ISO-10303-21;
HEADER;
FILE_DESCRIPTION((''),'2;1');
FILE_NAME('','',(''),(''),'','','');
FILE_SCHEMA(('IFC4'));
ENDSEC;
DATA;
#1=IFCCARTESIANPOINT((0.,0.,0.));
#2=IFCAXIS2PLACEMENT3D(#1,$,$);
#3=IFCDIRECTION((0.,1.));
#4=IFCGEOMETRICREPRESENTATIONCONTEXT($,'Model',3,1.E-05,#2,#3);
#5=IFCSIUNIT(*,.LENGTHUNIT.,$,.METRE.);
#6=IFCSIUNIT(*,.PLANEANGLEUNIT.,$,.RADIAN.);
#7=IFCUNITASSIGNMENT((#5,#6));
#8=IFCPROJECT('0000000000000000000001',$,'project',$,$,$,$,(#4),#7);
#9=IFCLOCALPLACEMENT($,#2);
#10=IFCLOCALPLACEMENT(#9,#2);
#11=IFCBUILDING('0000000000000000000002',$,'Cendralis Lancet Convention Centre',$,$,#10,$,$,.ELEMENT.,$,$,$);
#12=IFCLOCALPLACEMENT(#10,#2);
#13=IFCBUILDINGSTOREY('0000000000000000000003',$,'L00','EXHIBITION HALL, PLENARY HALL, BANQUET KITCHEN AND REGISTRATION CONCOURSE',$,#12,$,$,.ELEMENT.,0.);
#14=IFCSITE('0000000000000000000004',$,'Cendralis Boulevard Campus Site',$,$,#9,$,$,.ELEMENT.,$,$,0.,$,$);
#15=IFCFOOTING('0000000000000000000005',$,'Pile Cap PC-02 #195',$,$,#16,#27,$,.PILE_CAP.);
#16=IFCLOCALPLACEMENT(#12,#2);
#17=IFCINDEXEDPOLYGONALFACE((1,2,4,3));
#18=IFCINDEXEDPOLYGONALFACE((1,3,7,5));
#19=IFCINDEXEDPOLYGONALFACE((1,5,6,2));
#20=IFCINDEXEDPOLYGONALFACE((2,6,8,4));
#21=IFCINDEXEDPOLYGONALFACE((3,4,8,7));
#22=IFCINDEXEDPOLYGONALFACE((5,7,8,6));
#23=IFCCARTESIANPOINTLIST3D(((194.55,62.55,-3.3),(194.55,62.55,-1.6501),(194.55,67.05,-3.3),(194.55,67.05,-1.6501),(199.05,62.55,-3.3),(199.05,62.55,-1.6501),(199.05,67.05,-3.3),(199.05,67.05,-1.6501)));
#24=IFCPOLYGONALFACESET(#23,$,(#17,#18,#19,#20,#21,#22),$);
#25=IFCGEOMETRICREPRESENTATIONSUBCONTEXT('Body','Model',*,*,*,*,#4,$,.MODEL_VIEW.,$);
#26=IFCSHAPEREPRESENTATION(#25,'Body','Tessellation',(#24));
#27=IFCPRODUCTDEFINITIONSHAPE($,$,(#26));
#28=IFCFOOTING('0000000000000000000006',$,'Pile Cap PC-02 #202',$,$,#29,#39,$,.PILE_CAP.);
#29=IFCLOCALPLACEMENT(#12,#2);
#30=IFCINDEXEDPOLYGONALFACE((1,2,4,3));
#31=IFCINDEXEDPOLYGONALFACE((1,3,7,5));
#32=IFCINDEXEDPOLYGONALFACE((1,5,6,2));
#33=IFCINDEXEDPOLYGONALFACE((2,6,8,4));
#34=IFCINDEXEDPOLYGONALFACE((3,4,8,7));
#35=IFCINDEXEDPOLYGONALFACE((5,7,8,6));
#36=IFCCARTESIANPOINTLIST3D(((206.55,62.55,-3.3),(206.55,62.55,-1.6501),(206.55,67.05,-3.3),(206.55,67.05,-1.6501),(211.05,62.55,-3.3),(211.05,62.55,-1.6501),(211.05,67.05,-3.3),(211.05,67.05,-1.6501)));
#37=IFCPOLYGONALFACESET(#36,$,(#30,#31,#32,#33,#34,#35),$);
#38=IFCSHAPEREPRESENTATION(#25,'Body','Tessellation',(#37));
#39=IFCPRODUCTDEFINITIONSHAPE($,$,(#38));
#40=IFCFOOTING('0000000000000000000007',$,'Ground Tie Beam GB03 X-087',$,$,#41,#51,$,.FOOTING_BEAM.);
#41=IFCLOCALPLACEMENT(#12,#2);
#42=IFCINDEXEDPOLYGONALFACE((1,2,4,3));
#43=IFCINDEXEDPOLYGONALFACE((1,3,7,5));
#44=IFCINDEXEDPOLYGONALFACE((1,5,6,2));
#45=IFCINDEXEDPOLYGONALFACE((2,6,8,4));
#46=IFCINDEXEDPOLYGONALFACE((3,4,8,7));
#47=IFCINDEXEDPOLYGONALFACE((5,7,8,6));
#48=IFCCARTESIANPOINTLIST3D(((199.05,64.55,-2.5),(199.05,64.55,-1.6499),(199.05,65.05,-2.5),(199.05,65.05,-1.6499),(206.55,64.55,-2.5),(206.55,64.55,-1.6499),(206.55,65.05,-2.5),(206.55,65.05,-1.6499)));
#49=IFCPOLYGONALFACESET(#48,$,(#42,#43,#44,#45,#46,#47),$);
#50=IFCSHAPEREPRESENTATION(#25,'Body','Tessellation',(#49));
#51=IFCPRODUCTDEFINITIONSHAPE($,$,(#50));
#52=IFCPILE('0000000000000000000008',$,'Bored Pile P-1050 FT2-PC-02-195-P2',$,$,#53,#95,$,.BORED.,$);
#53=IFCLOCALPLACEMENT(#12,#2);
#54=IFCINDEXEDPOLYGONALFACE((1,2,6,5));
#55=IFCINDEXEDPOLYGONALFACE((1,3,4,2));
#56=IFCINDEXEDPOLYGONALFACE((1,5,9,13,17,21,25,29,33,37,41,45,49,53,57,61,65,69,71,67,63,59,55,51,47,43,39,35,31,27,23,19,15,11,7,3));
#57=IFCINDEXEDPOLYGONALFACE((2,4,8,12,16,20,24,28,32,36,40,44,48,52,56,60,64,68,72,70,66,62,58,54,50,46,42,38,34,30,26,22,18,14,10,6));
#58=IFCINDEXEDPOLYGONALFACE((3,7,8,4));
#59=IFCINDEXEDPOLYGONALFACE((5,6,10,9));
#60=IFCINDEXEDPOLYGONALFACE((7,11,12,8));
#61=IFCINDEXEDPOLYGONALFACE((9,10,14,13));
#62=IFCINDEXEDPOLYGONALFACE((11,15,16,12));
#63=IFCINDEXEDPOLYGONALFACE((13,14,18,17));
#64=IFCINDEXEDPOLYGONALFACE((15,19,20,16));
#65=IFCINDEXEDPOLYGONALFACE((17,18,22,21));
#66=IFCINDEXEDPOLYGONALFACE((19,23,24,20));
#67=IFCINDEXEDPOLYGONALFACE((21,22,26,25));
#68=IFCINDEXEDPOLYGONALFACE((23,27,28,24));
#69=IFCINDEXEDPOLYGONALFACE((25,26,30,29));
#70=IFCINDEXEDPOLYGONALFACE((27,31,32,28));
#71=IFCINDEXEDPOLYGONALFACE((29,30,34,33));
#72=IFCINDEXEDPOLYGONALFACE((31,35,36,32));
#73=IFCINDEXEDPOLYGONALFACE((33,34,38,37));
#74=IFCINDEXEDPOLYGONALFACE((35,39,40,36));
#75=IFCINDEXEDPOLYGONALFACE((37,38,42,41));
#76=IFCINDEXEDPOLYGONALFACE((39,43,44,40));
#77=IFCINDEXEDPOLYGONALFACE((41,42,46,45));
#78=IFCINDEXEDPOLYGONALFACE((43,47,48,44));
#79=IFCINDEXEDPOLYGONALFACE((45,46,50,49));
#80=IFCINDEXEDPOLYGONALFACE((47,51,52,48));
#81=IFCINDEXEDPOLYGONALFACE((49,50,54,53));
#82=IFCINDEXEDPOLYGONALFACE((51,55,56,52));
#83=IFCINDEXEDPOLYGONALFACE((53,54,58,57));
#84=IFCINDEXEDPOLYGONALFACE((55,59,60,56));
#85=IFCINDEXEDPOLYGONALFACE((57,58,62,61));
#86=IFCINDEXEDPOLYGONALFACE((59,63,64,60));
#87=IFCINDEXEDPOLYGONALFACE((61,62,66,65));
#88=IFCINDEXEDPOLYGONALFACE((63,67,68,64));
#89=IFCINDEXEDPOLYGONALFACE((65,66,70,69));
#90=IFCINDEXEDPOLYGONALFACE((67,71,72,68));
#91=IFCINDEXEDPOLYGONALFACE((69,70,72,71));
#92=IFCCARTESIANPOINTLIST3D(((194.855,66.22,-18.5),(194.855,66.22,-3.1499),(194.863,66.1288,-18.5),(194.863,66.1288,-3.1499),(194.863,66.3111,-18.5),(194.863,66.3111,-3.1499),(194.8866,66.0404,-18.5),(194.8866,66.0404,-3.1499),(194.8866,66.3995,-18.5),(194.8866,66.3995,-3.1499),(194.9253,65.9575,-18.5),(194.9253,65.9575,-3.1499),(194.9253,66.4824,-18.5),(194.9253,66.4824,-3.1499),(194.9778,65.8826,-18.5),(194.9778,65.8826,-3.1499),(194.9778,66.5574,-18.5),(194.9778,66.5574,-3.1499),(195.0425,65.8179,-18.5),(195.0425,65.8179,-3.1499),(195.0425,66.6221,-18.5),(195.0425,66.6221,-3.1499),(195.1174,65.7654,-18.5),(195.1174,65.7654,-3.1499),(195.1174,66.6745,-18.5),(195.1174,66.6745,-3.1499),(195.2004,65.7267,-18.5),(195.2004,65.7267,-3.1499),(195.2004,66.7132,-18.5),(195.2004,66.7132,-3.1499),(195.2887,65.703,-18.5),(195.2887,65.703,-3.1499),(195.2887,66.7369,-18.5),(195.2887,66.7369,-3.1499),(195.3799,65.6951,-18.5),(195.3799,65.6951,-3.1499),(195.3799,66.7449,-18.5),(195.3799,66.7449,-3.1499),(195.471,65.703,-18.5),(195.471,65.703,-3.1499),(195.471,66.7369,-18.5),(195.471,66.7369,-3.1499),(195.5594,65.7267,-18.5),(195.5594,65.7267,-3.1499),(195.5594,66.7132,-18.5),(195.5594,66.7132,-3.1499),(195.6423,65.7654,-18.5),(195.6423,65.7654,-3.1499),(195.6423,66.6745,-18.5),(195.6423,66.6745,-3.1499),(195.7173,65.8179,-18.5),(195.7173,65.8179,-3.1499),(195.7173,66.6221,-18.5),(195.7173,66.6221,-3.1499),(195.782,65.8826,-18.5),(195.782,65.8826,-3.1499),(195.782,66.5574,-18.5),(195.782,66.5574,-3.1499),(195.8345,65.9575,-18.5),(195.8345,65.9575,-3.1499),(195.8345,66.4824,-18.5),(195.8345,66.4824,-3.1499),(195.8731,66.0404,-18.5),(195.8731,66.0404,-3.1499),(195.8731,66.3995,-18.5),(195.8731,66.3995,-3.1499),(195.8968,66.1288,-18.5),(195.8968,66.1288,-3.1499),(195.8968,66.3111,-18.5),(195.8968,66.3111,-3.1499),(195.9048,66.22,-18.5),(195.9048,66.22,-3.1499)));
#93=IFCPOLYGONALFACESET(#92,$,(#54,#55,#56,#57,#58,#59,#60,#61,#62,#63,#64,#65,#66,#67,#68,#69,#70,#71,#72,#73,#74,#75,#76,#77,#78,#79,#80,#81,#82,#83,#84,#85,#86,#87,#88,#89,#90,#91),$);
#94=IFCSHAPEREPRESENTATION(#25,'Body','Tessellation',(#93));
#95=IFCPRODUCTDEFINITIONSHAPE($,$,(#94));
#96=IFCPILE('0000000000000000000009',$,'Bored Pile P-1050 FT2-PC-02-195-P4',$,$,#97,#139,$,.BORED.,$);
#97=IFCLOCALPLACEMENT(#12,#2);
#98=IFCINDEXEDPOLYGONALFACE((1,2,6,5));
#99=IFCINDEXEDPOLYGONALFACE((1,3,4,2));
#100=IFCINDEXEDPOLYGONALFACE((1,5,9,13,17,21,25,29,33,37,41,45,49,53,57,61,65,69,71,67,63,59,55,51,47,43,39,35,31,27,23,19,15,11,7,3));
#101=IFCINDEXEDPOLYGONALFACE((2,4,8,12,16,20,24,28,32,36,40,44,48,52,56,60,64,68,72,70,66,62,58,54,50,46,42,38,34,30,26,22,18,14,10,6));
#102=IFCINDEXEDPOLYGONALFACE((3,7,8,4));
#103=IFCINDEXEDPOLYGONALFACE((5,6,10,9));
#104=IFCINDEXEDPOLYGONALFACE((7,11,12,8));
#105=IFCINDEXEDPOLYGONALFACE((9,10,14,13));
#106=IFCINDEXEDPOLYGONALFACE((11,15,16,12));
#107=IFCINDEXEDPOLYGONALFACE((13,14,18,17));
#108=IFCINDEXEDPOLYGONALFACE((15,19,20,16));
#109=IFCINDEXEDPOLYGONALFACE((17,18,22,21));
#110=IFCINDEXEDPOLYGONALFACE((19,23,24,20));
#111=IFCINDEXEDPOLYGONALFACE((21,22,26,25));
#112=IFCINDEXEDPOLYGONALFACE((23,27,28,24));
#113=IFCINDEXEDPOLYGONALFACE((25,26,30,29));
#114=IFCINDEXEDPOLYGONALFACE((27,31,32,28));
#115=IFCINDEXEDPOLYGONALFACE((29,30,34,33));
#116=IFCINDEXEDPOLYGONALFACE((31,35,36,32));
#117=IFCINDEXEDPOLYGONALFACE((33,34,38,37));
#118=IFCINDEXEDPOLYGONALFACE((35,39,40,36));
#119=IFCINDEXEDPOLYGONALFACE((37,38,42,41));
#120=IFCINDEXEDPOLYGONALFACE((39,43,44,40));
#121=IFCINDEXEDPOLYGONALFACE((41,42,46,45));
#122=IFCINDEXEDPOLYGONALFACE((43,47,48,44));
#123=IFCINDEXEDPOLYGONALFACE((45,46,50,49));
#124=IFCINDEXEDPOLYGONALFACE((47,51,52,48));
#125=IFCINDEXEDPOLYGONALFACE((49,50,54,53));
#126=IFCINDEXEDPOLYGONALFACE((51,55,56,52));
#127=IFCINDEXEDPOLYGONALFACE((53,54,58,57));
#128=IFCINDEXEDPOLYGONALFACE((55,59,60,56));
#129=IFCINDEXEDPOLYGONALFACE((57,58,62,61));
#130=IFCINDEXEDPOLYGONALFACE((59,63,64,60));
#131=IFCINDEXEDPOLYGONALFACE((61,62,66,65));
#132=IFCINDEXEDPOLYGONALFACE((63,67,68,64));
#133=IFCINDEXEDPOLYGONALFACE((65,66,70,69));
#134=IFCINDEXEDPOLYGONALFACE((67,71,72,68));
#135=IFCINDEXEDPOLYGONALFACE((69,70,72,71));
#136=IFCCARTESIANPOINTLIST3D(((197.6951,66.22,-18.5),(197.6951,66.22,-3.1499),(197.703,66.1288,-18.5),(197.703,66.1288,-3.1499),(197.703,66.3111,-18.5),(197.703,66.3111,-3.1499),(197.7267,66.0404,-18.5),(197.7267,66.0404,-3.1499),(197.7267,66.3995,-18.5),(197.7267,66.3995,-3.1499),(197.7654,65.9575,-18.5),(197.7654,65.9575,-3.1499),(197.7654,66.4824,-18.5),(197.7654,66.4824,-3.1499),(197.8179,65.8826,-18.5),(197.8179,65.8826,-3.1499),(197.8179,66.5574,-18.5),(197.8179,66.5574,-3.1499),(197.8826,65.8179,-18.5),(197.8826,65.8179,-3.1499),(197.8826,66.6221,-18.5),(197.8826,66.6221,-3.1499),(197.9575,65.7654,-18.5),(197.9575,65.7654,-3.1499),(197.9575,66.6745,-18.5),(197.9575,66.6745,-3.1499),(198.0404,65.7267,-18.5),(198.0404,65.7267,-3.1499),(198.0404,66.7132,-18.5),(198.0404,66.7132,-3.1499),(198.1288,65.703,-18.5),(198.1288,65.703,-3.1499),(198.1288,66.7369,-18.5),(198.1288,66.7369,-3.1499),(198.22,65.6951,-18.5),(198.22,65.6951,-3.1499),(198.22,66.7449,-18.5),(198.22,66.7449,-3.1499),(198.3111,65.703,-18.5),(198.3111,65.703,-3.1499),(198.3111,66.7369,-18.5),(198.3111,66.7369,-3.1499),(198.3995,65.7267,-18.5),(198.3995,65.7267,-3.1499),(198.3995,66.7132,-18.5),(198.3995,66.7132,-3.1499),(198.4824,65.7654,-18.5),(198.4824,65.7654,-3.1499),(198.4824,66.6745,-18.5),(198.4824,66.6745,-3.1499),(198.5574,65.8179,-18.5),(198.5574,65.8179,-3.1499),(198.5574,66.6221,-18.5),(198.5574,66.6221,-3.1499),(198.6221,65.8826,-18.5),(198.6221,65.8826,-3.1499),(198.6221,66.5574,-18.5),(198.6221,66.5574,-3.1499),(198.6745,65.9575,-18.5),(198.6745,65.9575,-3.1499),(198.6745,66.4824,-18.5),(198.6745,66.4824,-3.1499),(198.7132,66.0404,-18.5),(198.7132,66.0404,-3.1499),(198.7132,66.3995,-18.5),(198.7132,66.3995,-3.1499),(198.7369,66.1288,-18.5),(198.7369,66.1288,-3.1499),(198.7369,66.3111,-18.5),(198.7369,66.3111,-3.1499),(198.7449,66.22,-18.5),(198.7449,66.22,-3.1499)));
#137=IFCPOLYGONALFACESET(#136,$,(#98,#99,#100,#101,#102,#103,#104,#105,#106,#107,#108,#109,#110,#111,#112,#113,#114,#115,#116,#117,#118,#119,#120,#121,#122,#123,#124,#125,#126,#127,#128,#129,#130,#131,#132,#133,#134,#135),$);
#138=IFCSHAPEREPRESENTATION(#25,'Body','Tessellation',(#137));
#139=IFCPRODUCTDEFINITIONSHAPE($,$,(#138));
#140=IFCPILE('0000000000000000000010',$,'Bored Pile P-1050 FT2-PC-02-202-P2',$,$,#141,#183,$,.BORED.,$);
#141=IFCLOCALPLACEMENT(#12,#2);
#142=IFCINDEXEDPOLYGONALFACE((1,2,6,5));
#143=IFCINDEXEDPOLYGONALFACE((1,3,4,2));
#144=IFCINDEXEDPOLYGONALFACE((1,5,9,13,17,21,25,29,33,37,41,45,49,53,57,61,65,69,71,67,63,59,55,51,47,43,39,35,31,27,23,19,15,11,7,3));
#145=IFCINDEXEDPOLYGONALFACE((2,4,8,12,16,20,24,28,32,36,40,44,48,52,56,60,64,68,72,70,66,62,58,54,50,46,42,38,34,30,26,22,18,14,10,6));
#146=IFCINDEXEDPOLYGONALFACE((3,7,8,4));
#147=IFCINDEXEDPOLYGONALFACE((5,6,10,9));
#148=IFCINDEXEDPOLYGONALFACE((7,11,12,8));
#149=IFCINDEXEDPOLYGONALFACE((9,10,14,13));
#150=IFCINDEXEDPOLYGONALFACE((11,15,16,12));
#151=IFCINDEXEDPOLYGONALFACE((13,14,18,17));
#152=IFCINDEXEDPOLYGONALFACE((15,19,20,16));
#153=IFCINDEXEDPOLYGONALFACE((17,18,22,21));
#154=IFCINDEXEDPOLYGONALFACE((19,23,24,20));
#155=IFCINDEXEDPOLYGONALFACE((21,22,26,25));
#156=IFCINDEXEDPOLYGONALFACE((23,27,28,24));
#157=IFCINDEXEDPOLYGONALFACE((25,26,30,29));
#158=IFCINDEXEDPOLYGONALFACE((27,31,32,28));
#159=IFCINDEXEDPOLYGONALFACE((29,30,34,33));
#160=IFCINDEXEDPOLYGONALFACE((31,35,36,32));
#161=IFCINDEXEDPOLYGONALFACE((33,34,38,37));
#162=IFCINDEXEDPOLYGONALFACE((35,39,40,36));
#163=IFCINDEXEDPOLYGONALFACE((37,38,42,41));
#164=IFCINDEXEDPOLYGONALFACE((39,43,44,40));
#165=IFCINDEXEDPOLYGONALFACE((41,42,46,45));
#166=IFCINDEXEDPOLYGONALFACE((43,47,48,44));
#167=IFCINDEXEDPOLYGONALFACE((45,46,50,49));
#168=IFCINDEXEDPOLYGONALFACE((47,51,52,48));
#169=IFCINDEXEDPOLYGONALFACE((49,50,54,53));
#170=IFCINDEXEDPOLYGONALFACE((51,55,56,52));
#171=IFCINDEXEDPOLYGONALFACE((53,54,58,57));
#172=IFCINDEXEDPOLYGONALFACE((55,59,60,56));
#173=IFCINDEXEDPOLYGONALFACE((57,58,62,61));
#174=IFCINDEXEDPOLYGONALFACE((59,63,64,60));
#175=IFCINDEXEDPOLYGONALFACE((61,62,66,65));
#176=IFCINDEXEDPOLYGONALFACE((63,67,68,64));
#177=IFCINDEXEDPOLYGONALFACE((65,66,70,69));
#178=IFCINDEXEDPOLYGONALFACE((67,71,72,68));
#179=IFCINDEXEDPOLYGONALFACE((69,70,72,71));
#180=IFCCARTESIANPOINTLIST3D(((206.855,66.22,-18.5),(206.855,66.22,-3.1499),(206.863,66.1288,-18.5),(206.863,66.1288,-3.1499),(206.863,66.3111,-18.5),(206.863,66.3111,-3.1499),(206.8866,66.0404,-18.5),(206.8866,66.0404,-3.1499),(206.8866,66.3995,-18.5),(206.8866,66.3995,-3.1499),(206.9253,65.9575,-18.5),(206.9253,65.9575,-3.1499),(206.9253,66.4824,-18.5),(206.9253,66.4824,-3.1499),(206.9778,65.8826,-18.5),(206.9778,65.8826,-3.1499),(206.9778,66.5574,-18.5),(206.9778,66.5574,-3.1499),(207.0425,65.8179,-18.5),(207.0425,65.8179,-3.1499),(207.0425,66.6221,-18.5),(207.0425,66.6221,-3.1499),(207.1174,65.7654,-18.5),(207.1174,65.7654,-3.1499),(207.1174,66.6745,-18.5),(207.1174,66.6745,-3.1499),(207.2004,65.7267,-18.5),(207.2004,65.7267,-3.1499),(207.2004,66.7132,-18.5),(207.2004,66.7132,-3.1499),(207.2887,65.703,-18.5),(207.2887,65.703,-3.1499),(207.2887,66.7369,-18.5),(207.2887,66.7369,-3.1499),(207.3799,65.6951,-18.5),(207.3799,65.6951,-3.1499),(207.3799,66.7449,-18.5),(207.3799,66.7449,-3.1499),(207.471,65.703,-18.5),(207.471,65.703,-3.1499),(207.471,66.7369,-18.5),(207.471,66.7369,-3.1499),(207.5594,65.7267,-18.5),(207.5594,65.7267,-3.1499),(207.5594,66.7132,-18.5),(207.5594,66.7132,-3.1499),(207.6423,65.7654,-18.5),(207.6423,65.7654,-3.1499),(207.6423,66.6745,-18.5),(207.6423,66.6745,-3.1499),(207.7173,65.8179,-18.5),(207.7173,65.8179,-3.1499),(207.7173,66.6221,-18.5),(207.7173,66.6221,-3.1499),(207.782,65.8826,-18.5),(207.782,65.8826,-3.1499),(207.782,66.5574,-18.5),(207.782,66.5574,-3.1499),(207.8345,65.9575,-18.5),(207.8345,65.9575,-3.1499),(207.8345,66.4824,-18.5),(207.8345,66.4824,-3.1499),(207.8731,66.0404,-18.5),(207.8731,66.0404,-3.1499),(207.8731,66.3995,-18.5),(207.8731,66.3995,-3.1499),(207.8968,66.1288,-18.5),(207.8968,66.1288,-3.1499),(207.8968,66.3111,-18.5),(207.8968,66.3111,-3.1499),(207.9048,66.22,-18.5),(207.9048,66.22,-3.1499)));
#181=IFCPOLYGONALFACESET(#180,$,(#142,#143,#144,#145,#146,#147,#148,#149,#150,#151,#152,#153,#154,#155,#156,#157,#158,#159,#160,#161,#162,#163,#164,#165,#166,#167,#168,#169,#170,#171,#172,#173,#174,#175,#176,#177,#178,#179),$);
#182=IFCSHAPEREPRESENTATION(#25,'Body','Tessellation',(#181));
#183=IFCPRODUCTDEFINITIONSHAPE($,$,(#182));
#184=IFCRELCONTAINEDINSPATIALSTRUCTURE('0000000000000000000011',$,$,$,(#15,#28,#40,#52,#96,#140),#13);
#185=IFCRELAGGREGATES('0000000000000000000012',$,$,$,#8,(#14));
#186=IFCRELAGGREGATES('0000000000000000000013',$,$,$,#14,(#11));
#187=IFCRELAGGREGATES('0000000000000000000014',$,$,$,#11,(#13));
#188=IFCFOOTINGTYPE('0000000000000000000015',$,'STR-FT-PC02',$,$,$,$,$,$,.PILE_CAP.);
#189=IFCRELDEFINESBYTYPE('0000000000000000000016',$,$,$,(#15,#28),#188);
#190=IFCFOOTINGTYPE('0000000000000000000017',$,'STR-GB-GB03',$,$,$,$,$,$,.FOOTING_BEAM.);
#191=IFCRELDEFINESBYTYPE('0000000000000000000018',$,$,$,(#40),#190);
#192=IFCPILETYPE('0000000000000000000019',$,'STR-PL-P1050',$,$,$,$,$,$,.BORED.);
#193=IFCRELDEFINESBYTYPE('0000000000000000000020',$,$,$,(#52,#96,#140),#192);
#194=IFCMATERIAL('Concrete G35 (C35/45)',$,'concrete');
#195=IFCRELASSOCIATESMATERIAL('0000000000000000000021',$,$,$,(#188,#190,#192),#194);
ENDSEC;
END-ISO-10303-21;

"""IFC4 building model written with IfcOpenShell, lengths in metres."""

from ifc_helpers import new_model, si_unit, direction, frame, origin, origin_2d, place, context, subcontext, project, spatial, rectangle, circle, extrude, material, material_profile, profile_set, type_object, element, save


model = new_model("IFC4")

# Units and contexts
model_context = context("Model", 3, precision=1e-05, world=origin(), true_north=direction((0.0, 1.0)))
body_context = subcontext(model_context, "Body", "Model", "MODEL_VIEW")
ifc_project = project(units=[si_unit("LENGTHUNIT", "METRE"), si_unit("PLANEANGLEUNIT", "RADIAN")], contexts=[model_context])

# Site, building, storey
site_placement = place(None, origin())
site = spatial("IfcSite", under=ifc_project, at=site_placement, Name="Cendralis Boulevard Campus Site", CompositionType="ELEMENT", RefElevation=0.0)
building_placement = place(site_placement, origin())
building = spatial("IfcBuilding", under=site, at=building_placement, Name="Cendralis Lancet Convention Centre", CompositionType="ELEMENT")
storey_placement = place(building_placement, origin())
storey = spatial("IfcBuildingStorey", under=building, at=storey_placement, Name="L00", Description="EXHIBITION HALL, PLENARY HALL, BANQUET KITCHEN AND REGISTRATION CONCOURSE", CompositionType="ELEMENT", Elevation=0.0)

# Footings
ifc_material_1 = material(Name="Concrete G35 (C35/45)", Category="concrete")
footing_type_1 = type_object("IfcFootingType", Name="STR-FT-PC02", PredefinedType="PILE_CAP", material=ifc_material_1)
for number, where, z_axis, x_axis, name in (
    (1, (196.8, 64.8, -3.3), (0.0, 0.0, 1.0), (1.0, 0.0, 0.0), "Pile Cap PC-02 #195"),
    (2, (208.8, 64.8, -3.3), (0.0, 0.0, 1.0), (1.0, 0.0, 0.0), "Pile Cap PC-02 #202"),
):
    element("IfcFooting", number, at=place(storey_placement, frame(where, z_axis=z_axis, x_axis=x_axis)), inside=storey, type_object=footing_type_1, Name=name, PredefinedType="PILE_CAP", context=body_context, shape_type="SweptSolid", body=[
        extrude(rectangle(XDim=4.5, YDim=4.5, at=origin_2d()), origin(), (0.0, 0.0, 1.0), 1.6499),
    ])
ifc_material_profile_1 = material_profile(ifc_material_1, rectangle(XDim=0.5, YDim=0.8501, at=origin_2d()), Name="RCB 500x850")
ifc_profile_set_1 = profile_set([ifc_material_profile_1], Name="Concrete G35 (C35/45)")
footing_type_2 = type_object("IfcFootingType", Name="STR-GB-GB03", PredefinedType="FOOTING_BEAM", material=ifc_profile_set_1)
footing_placement = place(storey_placement, frame((199.05, 64.8, -2.075), z_axis=(1.0, 0.0, 0.0), x_axis=(0.0, 1.0, 0.0)))
element("IfcFooting", 3, at=footing_placement, inside=storey, type_object=footing_type_2, Name="Ground Tie Beam GB03 X-087", PredefinedType="FOOTING_BEAM", context=body_context, shape_type="SweptSolid", body=[
    extrude(rectangle(XDim=0.5, YDim=0.8501, at=origin_2d()), origin(), (0.0, 0.0, 1.0), 7.5),
])

# Piles
ifc_material_profile_2 = material_profile(ifc_material_1, circle(Radius=0.5249, at=origin_2d()), Name="BORED PILE D1050")
ifc_profile_set_2 = profile_set([ifc_material_profile_2], Name="Concrete G35 (C35/45)")
pile_type = type_object("IfcPileType", Name="STR-PL-P1050", PredefinedType="BORED", material=ifc_profile_set_2)
for number, where, z_axis, x_axis, name in (
    (4, (195.3799, 66.22, -3.1499), (0.0, 0.0, -1.0), (1.0, 0.0, 0.0), "Bored Pile P-1050 FT2-PC-02-195-P2"),
    (5, (198.22, 66.22, -3.1499), (0.0, 0.0, -1.0), (1.0, 0.0, 0.0), "Bored Pile P-1050 FT2-PC-02-195-P4"),
    (6, (207.3799, 66.22, -3.1499), (0.0, 0.0, -1.0), (1.0, 0.0, 0.0), "Bored Pile P-1050 FT2-PC-02-202-P2"),
):
    element("IfcPile", number, at=place(storey_placement, frame(where, z_axis=z_axis, x_axis=x_axis)), inside=storey, type_object=pile_type, Name=name, PredefinedType="BORED", context=body_context, shape_type="SweptSolid", body=[
        extrude(circle(Radius=0.5249, at=origin_2d()), origin(), (0.0, 0.0, 1.0), 15.3501),
    ])

save(model, "model.ifc")
